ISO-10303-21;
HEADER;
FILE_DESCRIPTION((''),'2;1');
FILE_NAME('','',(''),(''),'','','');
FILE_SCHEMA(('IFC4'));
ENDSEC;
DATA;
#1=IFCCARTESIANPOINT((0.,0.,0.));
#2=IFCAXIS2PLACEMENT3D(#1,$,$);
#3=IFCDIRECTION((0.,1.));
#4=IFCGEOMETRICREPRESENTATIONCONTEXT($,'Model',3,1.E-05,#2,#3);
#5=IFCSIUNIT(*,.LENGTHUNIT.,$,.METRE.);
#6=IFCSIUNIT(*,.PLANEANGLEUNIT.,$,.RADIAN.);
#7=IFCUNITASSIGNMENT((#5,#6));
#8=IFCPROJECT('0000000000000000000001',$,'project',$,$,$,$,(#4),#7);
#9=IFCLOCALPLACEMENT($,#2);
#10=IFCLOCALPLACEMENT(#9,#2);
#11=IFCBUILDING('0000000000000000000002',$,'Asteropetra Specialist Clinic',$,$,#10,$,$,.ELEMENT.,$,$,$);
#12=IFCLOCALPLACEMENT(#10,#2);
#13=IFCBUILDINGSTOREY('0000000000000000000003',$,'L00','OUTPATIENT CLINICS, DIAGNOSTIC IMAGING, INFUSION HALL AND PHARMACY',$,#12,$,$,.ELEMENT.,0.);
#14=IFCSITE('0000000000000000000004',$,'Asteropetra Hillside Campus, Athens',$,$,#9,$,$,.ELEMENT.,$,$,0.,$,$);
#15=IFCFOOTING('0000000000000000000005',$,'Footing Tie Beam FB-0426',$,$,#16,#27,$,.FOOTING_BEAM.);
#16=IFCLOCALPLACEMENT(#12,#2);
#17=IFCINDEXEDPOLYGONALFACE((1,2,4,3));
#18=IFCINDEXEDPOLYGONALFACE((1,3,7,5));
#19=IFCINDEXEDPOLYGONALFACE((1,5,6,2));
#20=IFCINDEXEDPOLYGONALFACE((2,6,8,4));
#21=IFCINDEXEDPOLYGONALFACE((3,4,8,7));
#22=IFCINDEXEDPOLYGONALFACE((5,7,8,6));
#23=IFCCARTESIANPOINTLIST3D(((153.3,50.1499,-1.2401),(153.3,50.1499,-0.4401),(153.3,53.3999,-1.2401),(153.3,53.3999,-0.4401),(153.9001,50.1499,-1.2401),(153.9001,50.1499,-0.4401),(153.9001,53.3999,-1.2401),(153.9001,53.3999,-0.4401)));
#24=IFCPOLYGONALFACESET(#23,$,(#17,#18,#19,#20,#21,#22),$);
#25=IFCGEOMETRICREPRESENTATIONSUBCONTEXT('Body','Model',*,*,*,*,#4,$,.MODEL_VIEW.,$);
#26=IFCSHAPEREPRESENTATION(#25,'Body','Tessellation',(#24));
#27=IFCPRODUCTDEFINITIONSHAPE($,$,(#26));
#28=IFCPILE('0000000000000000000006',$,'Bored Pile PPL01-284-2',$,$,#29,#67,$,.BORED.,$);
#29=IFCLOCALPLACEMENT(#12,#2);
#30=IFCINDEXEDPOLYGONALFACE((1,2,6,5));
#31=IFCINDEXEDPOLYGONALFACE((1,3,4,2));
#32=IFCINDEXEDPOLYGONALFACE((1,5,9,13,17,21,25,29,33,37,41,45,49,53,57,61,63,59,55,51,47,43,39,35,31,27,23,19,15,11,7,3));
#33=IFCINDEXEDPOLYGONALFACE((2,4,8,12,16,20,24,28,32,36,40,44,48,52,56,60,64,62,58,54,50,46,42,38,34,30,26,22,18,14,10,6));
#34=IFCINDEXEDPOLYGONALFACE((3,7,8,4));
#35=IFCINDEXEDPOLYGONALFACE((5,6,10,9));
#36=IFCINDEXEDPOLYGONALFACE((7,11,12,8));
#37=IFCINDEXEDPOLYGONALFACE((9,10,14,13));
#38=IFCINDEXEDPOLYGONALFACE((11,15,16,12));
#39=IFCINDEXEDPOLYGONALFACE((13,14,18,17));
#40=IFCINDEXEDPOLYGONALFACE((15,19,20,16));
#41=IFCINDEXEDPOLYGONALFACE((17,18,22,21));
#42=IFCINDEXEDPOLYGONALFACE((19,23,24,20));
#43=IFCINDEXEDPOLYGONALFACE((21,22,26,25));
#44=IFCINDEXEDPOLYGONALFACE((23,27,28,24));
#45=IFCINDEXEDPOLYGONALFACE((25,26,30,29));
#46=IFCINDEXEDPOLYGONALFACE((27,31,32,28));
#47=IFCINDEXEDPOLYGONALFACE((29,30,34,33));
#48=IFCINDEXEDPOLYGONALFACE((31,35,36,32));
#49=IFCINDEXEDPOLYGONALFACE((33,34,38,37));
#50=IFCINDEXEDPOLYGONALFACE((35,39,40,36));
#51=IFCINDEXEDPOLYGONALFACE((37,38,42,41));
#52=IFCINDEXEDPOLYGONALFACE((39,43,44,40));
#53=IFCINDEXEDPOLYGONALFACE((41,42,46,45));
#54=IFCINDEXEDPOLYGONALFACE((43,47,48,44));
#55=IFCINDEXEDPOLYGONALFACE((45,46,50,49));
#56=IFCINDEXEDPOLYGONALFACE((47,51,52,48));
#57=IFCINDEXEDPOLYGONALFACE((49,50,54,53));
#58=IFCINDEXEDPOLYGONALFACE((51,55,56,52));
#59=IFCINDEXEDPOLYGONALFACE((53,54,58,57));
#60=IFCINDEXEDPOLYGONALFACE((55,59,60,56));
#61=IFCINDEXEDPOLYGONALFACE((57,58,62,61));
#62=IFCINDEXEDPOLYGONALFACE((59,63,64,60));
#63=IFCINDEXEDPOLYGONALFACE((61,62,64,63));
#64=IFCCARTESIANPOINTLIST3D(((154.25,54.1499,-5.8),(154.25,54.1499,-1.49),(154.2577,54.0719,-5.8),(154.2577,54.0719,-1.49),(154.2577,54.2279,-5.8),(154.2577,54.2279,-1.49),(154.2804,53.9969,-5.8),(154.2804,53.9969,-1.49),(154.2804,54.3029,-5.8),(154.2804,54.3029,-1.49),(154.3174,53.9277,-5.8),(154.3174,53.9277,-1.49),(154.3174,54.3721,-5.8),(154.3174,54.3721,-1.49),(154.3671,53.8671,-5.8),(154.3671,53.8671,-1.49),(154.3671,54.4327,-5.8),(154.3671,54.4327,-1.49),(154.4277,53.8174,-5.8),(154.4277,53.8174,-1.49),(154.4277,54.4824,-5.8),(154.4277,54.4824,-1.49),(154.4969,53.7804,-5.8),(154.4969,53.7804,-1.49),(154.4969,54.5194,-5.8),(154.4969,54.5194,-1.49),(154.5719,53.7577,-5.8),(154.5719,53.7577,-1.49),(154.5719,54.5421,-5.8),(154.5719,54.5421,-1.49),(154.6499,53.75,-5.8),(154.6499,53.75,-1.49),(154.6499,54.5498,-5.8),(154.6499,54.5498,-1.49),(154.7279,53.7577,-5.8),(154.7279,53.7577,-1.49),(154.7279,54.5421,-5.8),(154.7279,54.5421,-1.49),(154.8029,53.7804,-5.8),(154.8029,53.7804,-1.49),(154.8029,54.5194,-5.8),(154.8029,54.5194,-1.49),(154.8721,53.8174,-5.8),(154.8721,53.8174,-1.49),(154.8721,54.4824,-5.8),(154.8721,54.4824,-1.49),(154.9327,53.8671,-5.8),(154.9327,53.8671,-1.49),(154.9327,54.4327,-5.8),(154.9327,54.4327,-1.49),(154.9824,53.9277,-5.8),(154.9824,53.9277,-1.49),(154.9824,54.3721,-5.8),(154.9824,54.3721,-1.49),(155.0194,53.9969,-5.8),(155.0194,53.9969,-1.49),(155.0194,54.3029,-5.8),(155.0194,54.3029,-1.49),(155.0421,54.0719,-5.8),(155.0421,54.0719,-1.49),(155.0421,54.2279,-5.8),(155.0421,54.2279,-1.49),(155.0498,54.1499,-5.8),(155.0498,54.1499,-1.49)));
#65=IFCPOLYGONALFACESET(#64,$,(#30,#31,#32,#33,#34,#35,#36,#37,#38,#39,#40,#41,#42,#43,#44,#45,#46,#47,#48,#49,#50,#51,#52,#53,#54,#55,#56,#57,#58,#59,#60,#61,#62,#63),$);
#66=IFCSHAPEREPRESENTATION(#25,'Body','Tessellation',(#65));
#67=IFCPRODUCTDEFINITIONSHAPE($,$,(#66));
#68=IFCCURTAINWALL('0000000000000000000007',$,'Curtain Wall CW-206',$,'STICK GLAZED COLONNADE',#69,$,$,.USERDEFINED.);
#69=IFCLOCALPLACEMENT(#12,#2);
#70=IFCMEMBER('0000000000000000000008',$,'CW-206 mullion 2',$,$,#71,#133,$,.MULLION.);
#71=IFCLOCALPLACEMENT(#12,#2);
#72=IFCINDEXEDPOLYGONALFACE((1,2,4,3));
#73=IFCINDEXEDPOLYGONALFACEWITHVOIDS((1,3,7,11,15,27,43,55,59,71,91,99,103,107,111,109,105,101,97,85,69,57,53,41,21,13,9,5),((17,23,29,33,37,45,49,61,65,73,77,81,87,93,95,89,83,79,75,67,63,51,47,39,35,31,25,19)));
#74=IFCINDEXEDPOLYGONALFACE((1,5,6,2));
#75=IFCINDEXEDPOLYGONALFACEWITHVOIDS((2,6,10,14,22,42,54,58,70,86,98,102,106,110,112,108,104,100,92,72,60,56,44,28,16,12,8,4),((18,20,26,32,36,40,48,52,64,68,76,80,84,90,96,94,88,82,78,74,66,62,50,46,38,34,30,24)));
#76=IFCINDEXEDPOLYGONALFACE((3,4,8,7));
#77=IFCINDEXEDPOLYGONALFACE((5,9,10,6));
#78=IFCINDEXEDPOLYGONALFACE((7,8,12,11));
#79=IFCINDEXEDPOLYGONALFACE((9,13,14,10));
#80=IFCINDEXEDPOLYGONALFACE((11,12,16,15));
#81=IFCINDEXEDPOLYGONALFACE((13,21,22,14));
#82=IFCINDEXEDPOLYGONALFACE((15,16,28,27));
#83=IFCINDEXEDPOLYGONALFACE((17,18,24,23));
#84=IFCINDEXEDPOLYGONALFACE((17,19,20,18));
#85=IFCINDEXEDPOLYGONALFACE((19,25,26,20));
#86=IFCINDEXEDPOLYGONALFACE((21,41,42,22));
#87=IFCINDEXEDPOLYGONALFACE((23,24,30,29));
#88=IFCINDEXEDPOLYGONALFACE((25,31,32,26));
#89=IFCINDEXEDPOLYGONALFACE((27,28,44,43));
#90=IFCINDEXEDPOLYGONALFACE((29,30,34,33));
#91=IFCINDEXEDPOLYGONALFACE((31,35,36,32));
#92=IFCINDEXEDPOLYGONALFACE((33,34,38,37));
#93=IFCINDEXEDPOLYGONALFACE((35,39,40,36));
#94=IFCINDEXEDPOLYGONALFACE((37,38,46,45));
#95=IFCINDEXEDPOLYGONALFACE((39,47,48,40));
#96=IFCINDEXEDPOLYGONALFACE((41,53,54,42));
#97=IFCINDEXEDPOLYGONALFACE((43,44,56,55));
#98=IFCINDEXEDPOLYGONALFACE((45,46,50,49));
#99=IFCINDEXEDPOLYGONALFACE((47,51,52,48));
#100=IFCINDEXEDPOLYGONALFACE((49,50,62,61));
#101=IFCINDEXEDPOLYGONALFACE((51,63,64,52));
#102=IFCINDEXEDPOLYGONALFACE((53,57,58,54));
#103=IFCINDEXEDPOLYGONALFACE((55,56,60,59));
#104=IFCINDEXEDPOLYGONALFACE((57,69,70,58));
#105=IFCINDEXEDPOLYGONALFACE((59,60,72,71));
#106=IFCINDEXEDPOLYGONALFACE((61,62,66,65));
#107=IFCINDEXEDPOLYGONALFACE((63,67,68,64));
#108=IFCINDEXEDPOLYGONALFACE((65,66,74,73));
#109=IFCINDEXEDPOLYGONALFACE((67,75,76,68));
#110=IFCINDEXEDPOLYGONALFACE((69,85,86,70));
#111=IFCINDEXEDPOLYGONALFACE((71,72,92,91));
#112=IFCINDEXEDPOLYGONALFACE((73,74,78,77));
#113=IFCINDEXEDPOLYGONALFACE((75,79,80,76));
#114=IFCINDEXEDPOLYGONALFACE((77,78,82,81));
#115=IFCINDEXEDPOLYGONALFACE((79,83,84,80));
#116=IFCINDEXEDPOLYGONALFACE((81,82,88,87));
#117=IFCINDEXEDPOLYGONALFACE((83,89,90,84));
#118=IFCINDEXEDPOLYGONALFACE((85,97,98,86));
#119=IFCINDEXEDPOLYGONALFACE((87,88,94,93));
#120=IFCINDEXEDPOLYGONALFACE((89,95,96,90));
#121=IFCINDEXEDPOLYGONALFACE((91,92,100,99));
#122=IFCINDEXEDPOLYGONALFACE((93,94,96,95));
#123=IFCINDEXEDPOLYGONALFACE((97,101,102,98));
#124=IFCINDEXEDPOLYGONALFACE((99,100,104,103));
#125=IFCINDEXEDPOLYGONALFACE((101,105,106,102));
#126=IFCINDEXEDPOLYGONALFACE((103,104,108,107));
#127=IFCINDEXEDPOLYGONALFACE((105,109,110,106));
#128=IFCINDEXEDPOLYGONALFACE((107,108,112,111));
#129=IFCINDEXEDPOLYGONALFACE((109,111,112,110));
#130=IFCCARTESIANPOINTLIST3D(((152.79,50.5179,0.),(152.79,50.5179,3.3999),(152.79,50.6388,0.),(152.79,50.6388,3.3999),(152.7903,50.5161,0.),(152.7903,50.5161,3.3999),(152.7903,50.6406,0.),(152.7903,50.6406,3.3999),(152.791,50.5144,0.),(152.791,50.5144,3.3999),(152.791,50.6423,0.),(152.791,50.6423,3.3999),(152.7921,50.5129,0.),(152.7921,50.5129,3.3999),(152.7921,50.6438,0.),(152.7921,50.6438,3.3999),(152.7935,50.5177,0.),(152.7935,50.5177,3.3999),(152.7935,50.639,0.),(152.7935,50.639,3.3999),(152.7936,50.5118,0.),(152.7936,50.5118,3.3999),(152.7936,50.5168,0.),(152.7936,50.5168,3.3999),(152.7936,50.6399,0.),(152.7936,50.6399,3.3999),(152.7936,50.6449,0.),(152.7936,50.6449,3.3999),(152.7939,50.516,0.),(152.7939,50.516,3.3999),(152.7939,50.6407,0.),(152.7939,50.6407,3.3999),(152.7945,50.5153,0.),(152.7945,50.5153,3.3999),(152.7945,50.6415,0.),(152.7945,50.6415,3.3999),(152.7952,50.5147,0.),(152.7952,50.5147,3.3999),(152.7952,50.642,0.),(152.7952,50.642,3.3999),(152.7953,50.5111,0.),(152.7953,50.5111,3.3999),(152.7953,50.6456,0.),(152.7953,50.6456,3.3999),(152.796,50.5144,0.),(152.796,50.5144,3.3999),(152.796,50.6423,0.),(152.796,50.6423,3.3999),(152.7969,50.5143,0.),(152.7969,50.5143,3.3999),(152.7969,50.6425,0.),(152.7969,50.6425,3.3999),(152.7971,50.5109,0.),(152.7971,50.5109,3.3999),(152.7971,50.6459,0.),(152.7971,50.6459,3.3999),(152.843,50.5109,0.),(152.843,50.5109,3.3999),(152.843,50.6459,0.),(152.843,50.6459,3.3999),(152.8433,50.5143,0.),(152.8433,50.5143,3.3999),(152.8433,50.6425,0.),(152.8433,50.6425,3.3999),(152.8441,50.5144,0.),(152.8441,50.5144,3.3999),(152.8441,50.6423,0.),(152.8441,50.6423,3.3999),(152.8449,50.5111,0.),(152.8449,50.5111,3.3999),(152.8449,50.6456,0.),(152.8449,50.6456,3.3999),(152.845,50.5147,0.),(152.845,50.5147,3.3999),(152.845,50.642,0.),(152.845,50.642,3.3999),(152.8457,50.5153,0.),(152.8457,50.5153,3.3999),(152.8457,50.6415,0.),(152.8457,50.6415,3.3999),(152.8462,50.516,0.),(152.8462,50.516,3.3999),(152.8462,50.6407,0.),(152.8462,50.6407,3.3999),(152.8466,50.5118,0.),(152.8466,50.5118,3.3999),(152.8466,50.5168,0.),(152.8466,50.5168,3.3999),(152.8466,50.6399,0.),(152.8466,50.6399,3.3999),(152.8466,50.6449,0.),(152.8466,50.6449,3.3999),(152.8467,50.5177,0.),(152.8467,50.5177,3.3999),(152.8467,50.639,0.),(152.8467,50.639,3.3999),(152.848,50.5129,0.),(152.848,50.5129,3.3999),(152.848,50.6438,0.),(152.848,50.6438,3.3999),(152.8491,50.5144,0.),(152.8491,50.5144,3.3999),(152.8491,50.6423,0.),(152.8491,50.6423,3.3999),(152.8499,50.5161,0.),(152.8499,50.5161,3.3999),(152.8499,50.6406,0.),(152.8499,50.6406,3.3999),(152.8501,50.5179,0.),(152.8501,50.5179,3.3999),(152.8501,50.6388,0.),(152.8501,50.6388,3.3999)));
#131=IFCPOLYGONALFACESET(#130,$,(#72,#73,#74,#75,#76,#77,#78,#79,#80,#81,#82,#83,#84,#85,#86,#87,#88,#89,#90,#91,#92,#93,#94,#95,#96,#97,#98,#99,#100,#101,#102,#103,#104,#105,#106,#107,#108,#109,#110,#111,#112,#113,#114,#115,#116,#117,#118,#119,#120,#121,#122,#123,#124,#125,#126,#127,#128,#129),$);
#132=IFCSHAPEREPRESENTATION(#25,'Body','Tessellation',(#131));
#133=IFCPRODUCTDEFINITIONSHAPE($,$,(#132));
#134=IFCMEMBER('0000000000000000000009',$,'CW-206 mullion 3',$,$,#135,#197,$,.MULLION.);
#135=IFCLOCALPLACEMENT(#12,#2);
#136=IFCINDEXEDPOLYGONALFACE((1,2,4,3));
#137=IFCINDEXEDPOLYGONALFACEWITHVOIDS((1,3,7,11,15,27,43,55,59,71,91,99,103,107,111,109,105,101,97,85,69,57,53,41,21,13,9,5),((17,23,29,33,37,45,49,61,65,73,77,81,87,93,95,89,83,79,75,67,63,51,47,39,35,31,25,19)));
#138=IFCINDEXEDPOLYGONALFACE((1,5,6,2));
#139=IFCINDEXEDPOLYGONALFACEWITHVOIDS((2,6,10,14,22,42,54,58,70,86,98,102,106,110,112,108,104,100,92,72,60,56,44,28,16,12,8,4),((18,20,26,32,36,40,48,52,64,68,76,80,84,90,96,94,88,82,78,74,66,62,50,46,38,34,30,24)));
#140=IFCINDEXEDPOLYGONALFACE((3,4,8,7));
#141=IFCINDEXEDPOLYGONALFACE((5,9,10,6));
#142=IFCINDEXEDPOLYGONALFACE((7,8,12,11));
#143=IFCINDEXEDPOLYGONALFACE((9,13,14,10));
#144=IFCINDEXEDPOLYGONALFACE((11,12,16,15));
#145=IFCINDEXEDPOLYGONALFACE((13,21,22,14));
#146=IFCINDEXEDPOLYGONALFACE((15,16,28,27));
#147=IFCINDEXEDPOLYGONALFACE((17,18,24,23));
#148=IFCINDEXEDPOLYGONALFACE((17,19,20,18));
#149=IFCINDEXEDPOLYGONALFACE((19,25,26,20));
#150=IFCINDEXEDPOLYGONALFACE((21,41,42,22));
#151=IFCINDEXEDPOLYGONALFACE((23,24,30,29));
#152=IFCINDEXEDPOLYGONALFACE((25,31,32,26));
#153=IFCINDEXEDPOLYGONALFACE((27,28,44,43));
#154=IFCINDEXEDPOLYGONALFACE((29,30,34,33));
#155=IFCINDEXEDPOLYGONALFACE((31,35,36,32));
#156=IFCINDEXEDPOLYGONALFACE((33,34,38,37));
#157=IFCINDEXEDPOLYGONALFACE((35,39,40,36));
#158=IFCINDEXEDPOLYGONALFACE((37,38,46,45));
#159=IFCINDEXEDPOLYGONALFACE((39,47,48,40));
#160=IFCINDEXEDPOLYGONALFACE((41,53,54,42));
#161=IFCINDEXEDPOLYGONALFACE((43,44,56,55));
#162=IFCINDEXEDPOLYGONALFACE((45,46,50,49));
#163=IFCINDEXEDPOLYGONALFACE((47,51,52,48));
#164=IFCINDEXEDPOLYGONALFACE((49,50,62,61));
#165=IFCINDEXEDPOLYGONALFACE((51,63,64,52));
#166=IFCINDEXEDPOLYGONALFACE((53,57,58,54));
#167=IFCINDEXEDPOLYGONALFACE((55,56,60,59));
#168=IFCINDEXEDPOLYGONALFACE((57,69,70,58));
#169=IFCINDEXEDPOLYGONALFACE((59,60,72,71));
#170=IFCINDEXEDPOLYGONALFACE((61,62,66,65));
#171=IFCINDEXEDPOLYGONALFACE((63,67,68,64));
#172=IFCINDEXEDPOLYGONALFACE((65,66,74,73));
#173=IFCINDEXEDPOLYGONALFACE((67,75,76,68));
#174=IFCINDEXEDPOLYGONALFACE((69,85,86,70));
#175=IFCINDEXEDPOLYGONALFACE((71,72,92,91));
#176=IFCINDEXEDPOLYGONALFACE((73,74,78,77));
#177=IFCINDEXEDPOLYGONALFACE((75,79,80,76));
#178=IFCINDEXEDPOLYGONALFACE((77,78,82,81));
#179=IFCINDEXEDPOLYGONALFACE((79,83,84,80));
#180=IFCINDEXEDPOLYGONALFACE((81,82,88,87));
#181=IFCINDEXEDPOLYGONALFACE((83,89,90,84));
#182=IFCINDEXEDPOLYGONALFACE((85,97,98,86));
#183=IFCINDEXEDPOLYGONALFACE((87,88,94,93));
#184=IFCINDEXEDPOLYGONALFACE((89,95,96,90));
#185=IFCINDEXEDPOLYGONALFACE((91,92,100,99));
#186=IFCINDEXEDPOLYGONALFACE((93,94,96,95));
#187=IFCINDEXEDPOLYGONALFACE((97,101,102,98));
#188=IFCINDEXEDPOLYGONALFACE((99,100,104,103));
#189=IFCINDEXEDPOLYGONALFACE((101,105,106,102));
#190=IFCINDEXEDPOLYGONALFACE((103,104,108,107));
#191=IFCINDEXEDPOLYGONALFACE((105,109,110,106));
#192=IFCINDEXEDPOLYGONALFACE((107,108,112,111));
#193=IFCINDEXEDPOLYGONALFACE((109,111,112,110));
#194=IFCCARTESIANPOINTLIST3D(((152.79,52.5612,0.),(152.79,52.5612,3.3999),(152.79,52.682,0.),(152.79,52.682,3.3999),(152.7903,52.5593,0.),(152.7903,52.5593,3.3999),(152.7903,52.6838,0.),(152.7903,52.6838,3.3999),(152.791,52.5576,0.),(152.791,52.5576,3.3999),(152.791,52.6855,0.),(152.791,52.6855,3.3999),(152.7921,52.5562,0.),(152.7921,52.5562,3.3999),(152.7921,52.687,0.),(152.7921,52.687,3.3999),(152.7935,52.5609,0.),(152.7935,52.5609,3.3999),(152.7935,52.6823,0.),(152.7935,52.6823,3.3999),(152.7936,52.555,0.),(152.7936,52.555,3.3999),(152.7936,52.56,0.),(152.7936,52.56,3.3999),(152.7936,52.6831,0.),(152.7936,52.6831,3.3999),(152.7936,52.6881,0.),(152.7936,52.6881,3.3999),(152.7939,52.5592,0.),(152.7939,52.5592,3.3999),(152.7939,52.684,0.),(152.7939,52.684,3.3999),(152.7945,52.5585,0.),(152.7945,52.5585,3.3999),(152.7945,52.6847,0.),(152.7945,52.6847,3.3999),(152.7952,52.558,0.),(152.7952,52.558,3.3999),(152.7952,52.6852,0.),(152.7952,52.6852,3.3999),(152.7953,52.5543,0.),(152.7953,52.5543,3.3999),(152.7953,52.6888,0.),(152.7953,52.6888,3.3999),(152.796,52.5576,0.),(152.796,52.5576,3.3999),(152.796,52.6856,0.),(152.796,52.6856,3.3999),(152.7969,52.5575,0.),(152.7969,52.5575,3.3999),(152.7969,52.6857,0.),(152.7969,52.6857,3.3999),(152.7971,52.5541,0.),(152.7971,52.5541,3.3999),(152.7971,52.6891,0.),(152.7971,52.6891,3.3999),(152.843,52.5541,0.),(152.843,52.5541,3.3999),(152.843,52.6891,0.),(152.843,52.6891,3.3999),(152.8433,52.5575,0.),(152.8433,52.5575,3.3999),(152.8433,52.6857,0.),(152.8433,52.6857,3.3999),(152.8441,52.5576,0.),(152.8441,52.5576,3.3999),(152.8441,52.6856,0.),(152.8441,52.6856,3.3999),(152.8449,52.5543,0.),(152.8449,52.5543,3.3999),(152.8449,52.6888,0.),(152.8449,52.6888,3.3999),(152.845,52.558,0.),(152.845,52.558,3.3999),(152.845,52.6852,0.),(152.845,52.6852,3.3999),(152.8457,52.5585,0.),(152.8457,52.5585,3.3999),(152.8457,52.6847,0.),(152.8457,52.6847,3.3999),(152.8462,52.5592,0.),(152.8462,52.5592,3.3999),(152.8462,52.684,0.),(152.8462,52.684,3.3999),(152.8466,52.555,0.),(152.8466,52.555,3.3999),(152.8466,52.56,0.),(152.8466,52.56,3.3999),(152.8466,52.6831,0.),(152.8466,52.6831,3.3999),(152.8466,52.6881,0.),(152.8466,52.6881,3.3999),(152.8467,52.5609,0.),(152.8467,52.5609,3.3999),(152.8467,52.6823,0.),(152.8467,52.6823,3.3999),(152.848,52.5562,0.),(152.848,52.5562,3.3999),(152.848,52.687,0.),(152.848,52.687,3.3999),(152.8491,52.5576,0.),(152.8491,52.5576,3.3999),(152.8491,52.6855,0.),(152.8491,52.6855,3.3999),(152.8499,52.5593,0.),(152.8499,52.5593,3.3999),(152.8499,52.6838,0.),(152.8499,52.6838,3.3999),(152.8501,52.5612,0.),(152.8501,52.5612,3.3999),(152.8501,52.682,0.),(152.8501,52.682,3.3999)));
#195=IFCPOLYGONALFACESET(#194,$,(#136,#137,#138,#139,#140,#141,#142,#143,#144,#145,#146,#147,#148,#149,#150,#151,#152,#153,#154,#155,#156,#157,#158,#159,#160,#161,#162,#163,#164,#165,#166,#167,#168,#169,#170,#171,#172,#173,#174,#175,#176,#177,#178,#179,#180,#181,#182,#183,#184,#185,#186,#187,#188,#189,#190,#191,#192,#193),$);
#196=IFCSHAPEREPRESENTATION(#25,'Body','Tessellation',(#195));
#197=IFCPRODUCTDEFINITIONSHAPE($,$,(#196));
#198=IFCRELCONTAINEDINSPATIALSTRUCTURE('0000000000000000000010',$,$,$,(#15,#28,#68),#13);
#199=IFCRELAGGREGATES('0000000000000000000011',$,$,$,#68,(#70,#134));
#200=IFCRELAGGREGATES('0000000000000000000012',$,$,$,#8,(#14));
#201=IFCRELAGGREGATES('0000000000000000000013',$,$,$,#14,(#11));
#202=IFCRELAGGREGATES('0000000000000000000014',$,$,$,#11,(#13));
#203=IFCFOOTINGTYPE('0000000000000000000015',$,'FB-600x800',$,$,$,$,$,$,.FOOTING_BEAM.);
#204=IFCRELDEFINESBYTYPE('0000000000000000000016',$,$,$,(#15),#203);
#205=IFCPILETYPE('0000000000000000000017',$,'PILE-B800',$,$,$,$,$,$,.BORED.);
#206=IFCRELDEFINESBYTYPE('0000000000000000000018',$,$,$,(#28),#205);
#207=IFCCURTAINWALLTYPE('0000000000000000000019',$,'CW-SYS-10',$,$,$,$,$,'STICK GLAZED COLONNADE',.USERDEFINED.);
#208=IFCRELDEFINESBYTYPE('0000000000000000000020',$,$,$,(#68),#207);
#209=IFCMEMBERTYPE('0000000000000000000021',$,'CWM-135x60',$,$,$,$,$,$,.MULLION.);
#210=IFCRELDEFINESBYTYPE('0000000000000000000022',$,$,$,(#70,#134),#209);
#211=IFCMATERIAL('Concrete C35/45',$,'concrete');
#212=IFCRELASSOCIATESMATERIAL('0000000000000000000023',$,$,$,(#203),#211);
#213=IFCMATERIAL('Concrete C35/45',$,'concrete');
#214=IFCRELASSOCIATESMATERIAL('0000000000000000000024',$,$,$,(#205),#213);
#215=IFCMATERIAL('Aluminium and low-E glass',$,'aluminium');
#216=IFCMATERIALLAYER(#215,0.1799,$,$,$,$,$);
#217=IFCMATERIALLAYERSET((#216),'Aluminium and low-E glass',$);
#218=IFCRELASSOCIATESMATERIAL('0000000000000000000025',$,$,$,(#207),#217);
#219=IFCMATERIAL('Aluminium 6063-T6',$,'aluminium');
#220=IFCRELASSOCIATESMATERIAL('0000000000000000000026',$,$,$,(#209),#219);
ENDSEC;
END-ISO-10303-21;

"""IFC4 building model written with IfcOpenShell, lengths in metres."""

from ifc_helpers import new_model, si_unit, direction, frame, origin, origin_2d, place, context, subcontext, project, spatial, rectangle, hollow_rectangle, circle, extrude, material, layer, layer_set, material_profile, profile_set, type_object, element, aggregate, save


model = new_model("IFC4")

# Units and contexts
model_context = context("Model", 3, precision=1e-05, world=origin(), true_north=direction((0.0, 1.0)))
body_context = subcontext(model_context, "Body", "Model", "MODEL_VIEW")
ifc_project = project(units=[si_unit("LENGTHUNIT", "METRE"), si_unit("PLANEANGLEUNIT", "RADIAN")], contexts=[model_context])

# Site, building, storey
site_placement = place(None, origin())
site = spatial("IfcSite", under=ifc_project, at=site_placement, Name="Asteropetra Hillside Campus, Athens", CompositionType="ELEMENT", RefElevation=0.0)
building_placement = place(site_placement, origin())
building = spatial("IfcBuilding", under=site, at=building_placement, Name="Asteropetra Specialist Clinic", CompositionType="ELEMENT")
storey_placement = place(building_placement, origin())
storey = spatial("IfcBuildingStorey", under=building, at=storey_placement, Name="L00", Description="OUTPATIENT CLINICS, DIAGNOSTIC IMAGING, INFUSION HALL AND PHARMACY", CompositionType="ELEMENT", Elevation=0.0)

# Footing
ifc_material_1 = material(Name="Concrete C35/45", Category="concrete")
ifc_material_profile_1 = material_profile(ifc_material_1, rectangle(XDim=0.6001, YDim=0.8, at=origin_2d()), Name="FB 600x800")
ifc_profile_set_1 = profile_set([ifc_material_profile_1], Name="Concrete C35/45")
footing_type = type_object("IfcFootingType", Name="FB-600x800", PredefinedType="FOOTING_BEAM", material=ifc_profile_set_1)
footing_placement = place(storey_placement, frame((153.6001, 50.1499, -0.8401), z_axis=(0.0, 1.0, 0.0), x_axis=(-1.0, 0.0, 0.0)))
element("IfcFooting", 1, at=footing_placement, inside=storey, type_object=footing_type, Name="Footing Tie Beam FB-0426", PredefinedType="FOOTING_BEAM", context=body_context, shape_type="SweptSolid", body=[
    extrude(rectangle(XDim=0.6001, YDim=0.8, at=origin_2d()), origin(), (0.0, 0.0, 1.0), 3.25),
])

# Pile
ifc_material_2 = material(Name="Concrete C35/45", Category="concrete")
ifc_material_profile_2 = material_profile(ifc_material_2, circle(Radius=0.3999, at=origin_2d()), Name="PILE D800")
ifc_profile_set_2 = profile_set([ifc_material_profile_2], Name="Concrete C35/45")
pile_type = type_object("IfcPileType", Name="PILE-B800", PredefinedType="BORED", material=ifc_profile_set_2)
pile_placement = place(storey_placement, frame((154.6499, 54.1499, -1.49), z_axis=(0.0, 0.0, -1.0), x_axis=(1.0, 0.0, 0.0)))
element("IfcPile", 2, at=pile_placement, inside=storey, type_object=pile_type, Name="Bored Pile PPL01-284-2", PredefinedType="BORED", context=body_context, shape_type="SweptSolid", body=[
    extrude(circle(Radius=0.3999, at=origin_2d()), origin(), (0.0, 0.0, 1.0), 4.3101),
])

# Curtain wall, members
ifc_material_3 = material(Name="Aluminium and low-E glass", Category="aluminium")
ifc_layer_1 = layer(ifc_material_3, 0.1799)
ifc_layer_set_1 = layer_set([ifc_layer_1], Name="Aluminium and low-E glass")
curtain_wall_type = type_object("IfcCurtainWallType", Name="CW-SYS-10", ElementType="STICK GLAZED COLONNADE", PredefinedType="USERDEFINED", material=ifc_layer_set_1)
curtain_wall_placement = place(storey_placement, origin())
curtain_wall = element("IfcCurtainWall", 3, at=curtain_wall_placement, inside=storey, type_object=curtain_wall_type, Name="Curtain Wall CW-206", ObjectType="STICK GLAZED COLONNADE", PredefinedType="USERDEFINED")
ifc_material_4 = material(Name="Aluminium 6063-T6", Category="aluminium")
ifc_material_profile_3 = material_profile(ifc_material_4, hollow_rectangle(XDim=0.0601, YDim=0.135, WallThickness=0.0034, InnerFilletRadius=0.0034, OuterFilletRadius=0.0071, at=origin_2d()), Name="MUL 135x60x3.5")
ifc_profile_set_3 = profile_set([ifc_material_profile_3], Name="Aluminium 6063-T6")
member_type_1 = type_object("IfcMemberType", Name="CWM-135x60", PredefinedType="MULLION", material=ifc_profile_set_3)
member_1_placement = place(storey_placement, frame((152.8201, 50.5784, 0.0), z_axis=(0.0, 0.0, 1.0), x_axis=(-1.0, 0.0, 0.0)))
member_1 = element("IfcMember", 4, at=member_1_placement, type_object=member_type_1, Name="CW-206 mullion 2", PredefinedType="MULLION", context=body_context, shape_type="SweptSolid", body=[
    extrude(hollow_rectangle(XDim=0.0601, YDim=0.135, WallThickness=0.0034, InnerFilletRadius=0.0034, OuterFilletRadius=0.0071, at=origin_2d()), origin(), (0.0, 0.0, 1.0), 3.3999),
])
member_2_placement = place(storey_placement, frame((152.8201, 52.6216, 0.0), z_axis=(0.0, 0.0, 1.0), x_axis=(-1.0, 0.0, 0.0)))
member_2 = element("IfcMember", 5, at=member_2_placement, type_object=member_type_1, Name="CW-206 mullion 3", PredefinedType="MULLION", context=body_context, shape_type="SweptSolid", body=[
    extrude(hollow_rectangle(XDim=0.0601, YDim=0.135, WallThickness=0.0034, InnerFilletRadius=0.0034, OuterFilletRadius=0.0071, at=origin_2d()), origin(), (0.0, 0.0, 1.0), 3.3999),
])
aggregate(curtain_wall, [member_1, member_2])

save(model, "model.ifc")
